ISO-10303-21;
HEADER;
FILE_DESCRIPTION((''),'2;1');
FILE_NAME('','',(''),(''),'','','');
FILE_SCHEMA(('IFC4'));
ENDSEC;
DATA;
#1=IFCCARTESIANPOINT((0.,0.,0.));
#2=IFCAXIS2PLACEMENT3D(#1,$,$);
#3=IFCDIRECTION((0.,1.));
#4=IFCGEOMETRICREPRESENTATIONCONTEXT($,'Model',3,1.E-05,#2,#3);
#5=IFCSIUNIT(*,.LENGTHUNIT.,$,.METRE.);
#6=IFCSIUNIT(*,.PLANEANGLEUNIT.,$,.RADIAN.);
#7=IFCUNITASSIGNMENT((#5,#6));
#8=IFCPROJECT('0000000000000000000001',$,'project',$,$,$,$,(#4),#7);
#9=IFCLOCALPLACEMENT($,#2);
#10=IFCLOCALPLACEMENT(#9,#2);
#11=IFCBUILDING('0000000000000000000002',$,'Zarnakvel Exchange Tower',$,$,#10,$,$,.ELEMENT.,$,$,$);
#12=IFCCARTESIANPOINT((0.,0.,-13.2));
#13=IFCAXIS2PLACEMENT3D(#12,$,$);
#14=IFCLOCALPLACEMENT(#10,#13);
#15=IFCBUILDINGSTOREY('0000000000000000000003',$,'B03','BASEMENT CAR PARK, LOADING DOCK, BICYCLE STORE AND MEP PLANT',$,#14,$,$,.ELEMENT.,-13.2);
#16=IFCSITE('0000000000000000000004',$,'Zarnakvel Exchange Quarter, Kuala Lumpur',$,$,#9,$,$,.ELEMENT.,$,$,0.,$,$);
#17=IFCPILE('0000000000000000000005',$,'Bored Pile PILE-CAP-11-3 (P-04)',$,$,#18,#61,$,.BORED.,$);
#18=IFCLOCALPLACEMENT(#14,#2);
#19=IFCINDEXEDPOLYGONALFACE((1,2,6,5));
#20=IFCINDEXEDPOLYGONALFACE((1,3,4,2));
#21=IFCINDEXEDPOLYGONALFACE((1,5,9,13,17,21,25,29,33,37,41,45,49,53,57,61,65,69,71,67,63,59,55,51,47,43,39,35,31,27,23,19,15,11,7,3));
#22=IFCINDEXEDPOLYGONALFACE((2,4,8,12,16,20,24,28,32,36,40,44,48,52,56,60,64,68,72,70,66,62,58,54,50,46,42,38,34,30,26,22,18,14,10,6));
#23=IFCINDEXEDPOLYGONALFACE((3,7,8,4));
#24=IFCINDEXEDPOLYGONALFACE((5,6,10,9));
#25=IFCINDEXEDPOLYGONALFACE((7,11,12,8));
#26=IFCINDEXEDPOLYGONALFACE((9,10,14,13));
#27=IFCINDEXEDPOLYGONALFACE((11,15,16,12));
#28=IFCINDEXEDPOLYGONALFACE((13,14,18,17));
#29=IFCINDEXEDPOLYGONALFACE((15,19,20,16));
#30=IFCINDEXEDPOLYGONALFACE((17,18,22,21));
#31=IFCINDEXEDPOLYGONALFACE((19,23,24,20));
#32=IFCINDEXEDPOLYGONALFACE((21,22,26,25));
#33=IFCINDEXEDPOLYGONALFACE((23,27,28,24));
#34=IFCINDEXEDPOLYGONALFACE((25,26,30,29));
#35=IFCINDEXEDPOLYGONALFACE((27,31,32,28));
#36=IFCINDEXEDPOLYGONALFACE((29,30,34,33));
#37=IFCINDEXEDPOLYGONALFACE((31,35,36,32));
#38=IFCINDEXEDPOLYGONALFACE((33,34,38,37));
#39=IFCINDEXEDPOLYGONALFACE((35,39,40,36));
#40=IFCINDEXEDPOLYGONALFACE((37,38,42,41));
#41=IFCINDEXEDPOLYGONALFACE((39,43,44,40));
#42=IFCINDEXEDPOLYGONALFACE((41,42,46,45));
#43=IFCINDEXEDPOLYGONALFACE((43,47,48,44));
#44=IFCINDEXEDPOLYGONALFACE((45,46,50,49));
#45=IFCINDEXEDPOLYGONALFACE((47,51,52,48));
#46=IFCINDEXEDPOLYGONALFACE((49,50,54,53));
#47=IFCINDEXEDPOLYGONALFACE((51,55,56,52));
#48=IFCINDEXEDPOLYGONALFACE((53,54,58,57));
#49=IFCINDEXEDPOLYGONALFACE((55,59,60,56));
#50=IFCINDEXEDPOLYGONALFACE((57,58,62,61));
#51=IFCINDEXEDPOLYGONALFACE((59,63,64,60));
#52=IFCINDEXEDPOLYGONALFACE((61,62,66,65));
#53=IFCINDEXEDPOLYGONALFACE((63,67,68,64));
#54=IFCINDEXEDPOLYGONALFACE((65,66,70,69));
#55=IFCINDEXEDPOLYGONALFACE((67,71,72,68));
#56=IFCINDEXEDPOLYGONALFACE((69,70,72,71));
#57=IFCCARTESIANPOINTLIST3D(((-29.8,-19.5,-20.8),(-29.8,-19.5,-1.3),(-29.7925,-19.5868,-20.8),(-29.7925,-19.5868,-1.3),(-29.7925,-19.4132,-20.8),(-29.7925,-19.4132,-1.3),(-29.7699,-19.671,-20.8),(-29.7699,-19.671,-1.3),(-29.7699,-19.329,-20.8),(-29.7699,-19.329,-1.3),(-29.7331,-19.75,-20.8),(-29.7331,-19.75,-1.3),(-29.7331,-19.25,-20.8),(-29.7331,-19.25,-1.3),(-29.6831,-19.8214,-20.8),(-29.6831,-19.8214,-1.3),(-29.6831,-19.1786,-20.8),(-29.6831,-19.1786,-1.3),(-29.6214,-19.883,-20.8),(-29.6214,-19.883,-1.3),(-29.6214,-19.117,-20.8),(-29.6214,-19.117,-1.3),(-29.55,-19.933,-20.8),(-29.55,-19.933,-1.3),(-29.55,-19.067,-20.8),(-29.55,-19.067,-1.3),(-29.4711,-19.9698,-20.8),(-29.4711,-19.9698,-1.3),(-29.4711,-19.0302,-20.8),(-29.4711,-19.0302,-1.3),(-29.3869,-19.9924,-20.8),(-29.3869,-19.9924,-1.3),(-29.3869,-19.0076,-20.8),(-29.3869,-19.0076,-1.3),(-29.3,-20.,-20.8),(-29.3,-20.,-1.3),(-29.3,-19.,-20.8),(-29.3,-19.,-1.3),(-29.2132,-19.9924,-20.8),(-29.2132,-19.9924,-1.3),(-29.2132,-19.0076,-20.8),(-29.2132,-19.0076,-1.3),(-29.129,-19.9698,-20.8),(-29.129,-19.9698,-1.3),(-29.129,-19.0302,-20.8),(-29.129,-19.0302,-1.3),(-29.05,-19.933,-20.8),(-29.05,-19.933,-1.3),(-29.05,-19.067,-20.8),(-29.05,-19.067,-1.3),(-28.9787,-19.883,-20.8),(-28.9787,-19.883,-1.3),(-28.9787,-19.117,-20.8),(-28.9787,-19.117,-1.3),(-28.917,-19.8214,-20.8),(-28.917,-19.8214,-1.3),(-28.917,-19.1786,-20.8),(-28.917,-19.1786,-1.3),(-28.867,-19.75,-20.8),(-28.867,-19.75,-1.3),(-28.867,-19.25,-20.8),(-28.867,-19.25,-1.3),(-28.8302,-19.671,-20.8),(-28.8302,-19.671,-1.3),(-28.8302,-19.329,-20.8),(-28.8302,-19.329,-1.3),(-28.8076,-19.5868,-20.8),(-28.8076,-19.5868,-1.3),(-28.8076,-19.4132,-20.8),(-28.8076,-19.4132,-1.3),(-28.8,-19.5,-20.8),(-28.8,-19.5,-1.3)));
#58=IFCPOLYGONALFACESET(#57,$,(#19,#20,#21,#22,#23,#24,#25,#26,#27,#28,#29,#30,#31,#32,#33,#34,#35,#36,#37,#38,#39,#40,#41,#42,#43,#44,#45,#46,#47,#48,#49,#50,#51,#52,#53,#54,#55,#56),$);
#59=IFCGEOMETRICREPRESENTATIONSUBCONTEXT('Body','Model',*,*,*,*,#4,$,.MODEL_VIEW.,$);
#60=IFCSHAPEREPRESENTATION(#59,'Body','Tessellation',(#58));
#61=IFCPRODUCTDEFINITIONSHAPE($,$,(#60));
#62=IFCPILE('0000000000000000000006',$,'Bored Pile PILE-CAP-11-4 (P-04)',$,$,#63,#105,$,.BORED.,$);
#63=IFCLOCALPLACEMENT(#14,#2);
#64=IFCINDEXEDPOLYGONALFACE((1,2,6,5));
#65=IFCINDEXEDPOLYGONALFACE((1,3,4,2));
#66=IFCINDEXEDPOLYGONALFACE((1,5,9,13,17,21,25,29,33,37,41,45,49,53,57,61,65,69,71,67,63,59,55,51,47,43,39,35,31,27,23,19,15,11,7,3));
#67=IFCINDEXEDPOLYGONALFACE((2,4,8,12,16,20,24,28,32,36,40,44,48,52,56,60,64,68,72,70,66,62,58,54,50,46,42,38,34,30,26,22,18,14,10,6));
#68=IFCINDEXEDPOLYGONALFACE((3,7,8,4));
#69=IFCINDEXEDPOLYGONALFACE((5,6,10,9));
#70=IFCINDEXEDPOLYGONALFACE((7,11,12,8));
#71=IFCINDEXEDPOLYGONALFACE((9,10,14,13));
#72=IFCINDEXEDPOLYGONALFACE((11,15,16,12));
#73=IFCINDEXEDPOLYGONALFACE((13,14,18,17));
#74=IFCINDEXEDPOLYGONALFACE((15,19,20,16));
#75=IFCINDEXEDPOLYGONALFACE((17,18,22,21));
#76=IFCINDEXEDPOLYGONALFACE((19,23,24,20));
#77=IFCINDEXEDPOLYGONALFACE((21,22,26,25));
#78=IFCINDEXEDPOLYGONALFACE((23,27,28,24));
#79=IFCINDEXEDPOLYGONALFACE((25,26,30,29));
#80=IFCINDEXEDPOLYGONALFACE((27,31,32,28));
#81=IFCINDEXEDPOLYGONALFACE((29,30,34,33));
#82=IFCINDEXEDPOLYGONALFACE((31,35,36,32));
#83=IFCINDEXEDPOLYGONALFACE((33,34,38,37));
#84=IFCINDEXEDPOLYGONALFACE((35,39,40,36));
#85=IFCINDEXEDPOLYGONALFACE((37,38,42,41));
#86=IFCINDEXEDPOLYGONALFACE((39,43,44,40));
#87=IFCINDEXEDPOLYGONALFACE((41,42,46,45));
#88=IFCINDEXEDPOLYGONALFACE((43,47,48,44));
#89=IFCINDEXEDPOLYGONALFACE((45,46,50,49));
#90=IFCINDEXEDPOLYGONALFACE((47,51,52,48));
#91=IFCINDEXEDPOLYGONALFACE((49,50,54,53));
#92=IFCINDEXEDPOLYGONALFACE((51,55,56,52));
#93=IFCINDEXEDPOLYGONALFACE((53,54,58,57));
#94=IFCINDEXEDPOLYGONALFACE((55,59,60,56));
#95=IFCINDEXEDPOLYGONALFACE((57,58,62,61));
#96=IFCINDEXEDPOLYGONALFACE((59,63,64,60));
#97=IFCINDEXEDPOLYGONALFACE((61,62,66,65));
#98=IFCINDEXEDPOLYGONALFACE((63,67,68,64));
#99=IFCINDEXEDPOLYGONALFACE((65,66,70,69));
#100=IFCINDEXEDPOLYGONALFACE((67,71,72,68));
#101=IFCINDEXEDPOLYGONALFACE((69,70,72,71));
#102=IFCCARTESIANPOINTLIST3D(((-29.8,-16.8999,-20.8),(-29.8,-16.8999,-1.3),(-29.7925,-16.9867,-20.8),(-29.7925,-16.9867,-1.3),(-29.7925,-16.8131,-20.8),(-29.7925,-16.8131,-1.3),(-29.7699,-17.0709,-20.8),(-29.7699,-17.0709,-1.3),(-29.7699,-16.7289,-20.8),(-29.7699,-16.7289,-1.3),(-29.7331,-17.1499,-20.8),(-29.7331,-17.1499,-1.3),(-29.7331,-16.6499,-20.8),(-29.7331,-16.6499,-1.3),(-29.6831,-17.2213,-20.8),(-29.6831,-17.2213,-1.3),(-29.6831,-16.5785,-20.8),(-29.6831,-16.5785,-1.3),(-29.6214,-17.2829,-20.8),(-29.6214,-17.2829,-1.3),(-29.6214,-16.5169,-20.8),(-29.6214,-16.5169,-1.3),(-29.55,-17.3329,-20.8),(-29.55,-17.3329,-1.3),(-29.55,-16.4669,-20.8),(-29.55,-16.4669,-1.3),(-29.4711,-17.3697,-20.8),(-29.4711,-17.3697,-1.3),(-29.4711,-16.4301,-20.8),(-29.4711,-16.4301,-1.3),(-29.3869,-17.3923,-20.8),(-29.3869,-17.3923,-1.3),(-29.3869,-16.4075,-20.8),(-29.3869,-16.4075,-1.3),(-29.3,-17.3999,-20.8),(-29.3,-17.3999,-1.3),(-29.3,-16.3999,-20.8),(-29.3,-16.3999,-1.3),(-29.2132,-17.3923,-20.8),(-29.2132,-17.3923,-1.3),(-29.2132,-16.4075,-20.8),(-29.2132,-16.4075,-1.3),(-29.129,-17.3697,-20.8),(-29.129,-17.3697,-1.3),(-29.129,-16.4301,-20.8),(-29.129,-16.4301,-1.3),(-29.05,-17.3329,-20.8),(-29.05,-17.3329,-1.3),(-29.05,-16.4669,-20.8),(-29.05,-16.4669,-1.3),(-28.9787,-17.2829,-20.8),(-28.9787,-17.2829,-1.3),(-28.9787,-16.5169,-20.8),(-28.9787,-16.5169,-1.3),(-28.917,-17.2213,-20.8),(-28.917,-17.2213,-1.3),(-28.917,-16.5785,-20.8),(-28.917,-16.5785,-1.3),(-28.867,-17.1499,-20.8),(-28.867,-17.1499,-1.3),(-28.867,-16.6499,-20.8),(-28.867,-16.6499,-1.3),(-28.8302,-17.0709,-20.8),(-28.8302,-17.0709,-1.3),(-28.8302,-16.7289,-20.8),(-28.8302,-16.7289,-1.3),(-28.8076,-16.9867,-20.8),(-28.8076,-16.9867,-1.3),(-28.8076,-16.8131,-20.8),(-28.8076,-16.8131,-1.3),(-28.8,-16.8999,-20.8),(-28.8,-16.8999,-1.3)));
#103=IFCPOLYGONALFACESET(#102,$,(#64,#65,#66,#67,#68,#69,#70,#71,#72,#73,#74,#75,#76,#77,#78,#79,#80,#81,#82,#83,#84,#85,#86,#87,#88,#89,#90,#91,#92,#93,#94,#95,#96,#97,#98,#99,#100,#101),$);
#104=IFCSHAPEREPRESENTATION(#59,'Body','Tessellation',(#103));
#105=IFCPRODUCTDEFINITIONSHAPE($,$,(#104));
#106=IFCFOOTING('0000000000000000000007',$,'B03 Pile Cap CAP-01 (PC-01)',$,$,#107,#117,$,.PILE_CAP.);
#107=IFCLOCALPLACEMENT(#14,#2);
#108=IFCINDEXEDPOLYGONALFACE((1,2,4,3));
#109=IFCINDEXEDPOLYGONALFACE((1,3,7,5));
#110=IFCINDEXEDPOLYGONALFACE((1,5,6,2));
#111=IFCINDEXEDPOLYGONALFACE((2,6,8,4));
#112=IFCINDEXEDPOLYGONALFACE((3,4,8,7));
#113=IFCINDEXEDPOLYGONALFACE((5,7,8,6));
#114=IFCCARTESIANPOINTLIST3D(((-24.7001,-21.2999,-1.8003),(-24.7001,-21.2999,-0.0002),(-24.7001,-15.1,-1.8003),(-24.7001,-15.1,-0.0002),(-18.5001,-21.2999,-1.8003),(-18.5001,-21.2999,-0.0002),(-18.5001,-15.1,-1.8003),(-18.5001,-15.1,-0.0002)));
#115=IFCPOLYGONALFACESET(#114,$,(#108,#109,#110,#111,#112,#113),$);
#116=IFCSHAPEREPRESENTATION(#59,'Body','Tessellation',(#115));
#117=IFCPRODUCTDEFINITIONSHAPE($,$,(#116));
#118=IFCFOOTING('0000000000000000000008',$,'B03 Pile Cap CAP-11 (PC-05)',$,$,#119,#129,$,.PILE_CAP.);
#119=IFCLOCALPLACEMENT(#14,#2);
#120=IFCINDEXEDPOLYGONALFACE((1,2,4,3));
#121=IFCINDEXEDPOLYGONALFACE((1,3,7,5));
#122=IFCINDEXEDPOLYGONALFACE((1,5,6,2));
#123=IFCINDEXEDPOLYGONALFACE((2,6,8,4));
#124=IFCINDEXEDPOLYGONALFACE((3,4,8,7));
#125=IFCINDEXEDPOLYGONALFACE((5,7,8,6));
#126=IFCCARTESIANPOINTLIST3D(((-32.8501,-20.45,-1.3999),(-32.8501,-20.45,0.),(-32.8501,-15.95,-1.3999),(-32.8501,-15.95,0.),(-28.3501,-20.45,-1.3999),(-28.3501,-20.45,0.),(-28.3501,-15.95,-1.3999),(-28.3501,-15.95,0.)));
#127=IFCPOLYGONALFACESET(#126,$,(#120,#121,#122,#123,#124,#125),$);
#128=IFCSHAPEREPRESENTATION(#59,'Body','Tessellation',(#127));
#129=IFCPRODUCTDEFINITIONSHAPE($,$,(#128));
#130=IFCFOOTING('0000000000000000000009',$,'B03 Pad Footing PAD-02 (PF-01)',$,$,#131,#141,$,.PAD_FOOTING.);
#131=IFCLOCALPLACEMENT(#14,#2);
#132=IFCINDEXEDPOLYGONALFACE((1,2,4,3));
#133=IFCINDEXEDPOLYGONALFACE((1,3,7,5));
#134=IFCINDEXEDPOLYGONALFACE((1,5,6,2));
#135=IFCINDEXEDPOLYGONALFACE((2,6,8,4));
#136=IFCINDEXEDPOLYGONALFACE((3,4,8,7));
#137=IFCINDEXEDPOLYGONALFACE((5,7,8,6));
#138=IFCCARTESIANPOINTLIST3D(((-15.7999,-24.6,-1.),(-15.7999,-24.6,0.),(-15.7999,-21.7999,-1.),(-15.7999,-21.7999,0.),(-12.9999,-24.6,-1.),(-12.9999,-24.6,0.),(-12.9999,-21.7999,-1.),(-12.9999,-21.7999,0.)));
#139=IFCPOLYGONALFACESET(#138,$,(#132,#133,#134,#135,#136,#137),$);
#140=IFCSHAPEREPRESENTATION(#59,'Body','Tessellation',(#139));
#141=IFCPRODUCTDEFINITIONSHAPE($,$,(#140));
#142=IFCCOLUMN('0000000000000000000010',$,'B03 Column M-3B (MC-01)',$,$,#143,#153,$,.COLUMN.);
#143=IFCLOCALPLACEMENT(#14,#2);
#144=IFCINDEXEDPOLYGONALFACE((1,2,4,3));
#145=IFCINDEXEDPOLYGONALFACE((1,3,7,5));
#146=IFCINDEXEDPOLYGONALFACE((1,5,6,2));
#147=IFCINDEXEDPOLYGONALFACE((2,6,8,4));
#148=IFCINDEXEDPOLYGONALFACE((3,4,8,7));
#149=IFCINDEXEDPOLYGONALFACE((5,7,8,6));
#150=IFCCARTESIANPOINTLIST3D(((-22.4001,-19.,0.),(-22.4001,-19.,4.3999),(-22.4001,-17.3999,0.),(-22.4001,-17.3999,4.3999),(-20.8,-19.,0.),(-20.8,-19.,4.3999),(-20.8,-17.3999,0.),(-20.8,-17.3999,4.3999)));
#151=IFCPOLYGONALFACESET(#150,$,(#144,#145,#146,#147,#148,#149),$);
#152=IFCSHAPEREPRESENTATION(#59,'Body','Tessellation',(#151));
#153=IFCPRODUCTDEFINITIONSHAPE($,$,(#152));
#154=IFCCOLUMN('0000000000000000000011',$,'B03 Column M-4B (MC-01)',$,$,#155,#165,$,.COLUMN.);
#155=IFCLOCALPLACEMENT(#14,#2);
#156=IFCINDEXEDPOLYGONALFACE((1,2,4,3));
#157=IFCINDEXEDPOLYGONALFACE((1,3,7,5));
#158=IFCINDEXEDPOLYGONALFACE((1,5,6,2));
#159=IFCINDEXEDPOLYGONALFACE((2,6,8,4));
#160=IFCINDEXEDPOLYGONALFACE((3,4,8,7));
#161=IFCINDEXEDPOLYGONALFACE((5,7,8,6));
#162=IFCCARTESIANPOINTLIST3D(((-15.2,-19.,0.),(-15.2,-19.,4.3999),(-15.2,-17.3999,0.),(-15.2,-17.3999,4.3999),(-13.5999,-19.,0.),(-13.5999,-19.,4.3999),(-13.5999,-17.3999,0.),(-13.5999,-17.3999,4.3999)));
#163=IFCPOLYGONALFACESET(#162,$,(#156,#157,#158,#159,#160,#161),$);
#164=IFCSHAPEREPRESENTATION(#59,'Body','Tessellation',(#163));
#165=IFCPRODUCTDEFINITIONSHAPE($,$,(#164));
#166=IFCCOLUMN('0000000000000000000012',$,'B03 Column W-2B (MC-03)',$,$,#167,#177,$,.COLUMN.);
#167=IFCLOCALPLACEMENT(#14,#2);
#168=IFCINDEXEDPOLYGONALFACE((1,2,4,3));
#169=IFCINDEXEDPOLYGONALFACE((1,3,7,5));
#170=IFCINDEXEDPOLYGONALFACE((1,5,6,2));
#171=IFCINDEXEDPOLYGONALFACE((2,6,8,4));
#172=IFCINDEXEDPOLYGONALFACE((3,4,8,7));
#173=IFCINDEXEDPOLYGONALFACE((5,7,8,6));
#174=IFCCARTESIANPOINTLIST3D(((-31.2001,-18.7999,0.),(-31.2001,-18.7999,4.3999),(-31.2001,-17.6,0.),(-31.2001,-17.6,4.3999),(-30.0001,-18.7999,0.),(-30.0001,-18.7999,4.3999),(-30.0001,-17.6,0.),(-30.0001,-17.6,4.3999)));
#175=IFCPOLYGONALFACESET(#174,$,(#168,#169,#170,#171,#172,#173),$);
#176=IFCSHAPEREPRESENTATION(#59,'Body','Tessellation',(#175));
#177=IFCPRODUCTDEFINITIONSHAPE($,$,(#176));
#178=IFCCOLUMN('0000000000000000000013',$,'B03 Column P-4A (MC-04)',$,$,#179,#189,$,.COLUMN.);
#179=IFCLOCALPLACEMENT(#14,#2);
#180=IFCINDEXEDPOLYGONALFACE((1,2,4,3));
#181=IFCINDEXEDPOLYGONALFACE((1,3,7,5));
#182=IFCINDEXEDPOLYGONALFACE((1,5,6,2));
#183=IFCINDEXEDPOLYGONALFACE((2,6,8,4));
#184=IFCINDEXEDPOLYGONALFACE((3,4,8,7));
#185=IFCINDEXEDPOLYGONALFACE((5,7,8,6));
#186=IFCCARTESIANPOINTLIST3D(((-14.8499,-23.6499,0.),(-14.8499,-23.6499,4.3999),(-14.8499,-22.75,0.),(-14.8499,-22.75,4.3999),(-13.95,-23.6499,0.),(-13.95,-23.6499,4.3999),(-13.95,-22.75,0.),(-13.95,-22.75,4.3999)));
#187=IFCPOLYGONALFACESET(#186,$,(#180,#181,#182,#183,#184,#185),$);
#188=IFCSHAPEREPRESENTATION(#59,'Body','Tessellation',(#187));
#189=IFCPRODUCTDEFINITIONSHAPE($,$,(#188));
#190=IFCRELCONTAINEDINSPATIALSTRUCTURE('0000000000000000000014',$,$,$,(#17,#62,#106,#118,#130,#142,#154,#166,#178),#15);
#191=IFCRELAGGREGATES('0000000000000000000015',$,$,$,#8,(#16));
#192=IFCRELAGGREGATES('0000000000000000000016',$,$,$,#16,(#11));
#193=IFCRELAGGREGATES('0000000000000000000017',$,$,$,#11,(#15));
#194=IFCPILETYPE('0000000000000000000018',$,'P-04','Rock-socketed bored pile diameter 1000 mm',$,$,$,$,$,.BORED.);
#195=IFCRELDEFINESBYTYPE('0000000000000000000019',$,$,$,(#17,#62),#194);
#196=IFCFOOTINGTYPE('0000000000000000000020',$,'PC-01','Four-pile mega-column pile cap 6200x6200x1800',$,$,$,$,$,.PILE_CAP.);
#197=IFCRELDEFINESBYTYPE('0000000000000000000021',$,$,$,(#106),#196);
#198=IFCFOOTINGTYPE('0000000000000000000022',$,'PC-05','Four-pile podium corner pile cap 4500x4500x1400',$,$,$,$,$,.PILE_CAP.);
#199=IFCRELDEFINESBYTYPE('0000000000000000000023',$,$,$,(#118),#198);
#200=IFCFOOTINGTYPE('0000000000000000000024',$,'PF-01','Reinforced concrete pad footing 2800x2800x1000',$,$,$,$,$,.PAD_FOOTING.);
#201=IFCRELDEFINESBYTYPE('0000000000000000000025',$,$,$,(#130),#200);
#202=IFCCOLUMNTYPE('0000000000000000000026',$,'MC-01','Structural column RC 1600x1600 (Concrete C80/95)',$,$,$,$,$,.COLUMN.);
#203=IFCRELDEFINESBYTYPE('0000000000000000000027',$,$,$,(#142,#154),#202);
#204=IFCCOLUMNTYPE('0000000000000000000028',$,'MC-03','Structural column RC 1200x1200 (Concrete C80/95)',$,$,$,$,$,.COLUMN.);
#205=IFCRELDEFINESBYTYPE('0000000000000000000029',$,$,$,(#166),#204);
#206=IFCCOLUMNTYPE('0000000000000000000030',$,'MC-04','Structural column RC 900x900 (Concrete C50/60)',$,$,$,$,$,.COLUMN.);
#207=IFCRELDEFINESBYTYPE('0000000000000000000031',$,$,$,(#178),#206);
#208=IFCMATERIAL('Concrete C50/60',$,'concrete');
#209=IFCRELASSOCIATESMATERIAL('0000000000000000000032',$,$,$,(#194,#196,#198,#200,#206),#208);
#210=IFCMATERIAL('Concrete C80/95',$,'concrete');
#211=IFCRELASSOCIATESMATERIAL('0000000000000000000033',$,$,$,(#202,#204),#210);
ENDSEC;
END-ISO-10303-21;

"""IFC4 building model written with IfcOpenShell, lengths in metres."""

from ifc_helpers import new_model, si_unit, direction, frame, origin, origin_2d, place, context, subcontext, project, spatial, rectangle, circle, extrude, source, transform, mapped, material, material_profile, profile_set, type_object, element, save


model = new_model("IFC4")

# Units and contexts
model_context = context("Model", 3, precision=1e-05, world=origin(), true_north=direction((0.0, 1.0)))
body_context = subcontext(model_context, "Body", "Model", "MODEL_VIEW")
ifc_project = project(units=[si_unit("LENGTHUNIT", "METRE"), si_unit("PLANEANGLEUNIT", "RADIAN")], contexts=[model_context])

# Site, building, storey
site_placement = place(None, origin())
site = spatial("IfcSite", under=ifc_project, at=site_placement, Name="Zarnakvel Exchange Quarter, Kuala Lumpur", CompositionType="ELEMENT", RefElevation=0.0)
building_placement = place(site_placement, origin())
building = spatial("IfcBuilding", under=site, at=building_placement, Name="Zarnakvel Exchange Tower", CompositionType="ELEMENT")
storey_placement = place(building_placement, frame((0.0, 0.0, -13.2)))
storey = spatial("IfcBuildingStorey", under=building, at=storey_placement, Name="B03", Description="BASEMENT CAR PARK, LOADING DOCK, BICYCLE STORE AND MEP PLANT", CompositionType="ELEMENT", Elevation=-13.2)

# Shared definitions
ifc_material_1 = material(Name="Concrete C50/60", Category="concrete")

# Piles
ifc_material_profile_1 = material_profile(ifc_material_1, circle(Radius=0.5, at=origin_2d()))
ifc_profile_set_1 = profile_set([ifc_material_profile_1], Name="Concrete C50/60")
pile_type_1 = type_object("IfcPileType", Name="P-04", Description="Rock-socketed bored pile diameter 1000 mm", PredefinedType="BORED", material=ifc_profile_set_1)
for number, where, z_axis, x_axis, name in (
    (1, (-29.3, -19.5, -1.3), (0.0, 0.0, -1.0), (1.0, 0.0, 0.0), "Bored Pile PILE-CAP-11-3 (P-04)"),
    (2, (-29.3, -16.8999, -1.3), (0.0, 0.0, -1.0), (1.0, 0.0, 0.0), "Bored Pile PILE-CAP-11-4 (P-04)"),
):
    element("IfcPile", number, at=place(storey_placement, frame(where, z_axis=z_axis, x_axis=x_axis)), inside=storey, type_object=pile_type_1, Name=name, PredefinedType="BORED", context=body_context, shape_type="SweptSolid", body=[
        extrude(circle(Radius=0.5, at=origin_2d()), origin(), (0.0, 0.0, 1.0), 19.5),
    ])

# Footings
footing_type_1 = type_object("IfcFootingType", Name="PC-01", Description="Four-pile mega-column pile cap 6200x6200x1800", PredefinedType="PILE_CAP", material=ifc_material_1)
shared_shape_1 = source(origin(), body_context, "Body", "SweptSolid", [
    extrude(rectangle(XDim=6.2, YDim=6.2, at=origin_2d()), origin(), (0.0, 0.0, 1.0), 1.8),
])
footing_1_placement = place(storey_placement, frame((-21.6001, -18.2, -1.8003), z_axis=(0.0, 0.0, 1.0), x_axis=(1.0, 0.0, 0.0)))
element("IfcFooting", 3, at=footing_1_placement, inside=storey, type_object=footing_type_1, Name="B03 Pile Cap CAP-01 (PC-01)", PredefinedType="PILE_CAP", context=body_context, shape_type="MappedRepresentation", body=[
    mapped(shared_shape_1, transform((0.0, 0.0, 0.0), x_axis=(1.0, 0.0, 0.0), y_axis=(0.0, 1.0, 0.0), z_axis=(0.0, 0.0, 1.0), scale=1.0)),
])
footing_type_2 = type_object("IfcFootingType", Name="PC-05", Description="Four-pile podium corner pile cap 4500x4500x1400", PredefinedType="PILE_CAP", material=ifc_material_1)
shared_shape_2 = source(origin(), body_context, "Body", "SweptSolid", [
    extrude(rectangle(XDim=4.5, YDim=4.5, at=origin_2d()), origin(), (0.0, 0.0, 1.0), 1.3999),
])
footing_2_placement = place(storey_placement, frame((-30.6001, -18.2, -1.3999), z_axis=(0.0, 0.0, 1.0), x_axis=(1.0, 0.0, 0.0)))
element("IfcFooting", 4, at=footing_2_placement, inside=storey, type_object=footing_type_2, Name="B03 Pile Cap CAP-11 (PC-05)", PredefinedType="PILE_CAP", context=body_context, shape_type="MappedRepresentation", body=[
    mapped(shared_shape_2, transform((0.0, 0.0, 0.0), x_axis=(1.0, 0.0, 0.0), y_axis=(0.0, 1.0, 0.0), z_axis=(0.0, 0.0, 1.0), scale=1.0)),
])
footing_type_3 = type_object("IfcFootingType", Name="PF-01", Description="Reinforced concrete pad footing 2800x2800x1000", PredefinedType="PAD_FOOTING", material=ifc_material_1)
shared_shape_3 = source(origin(), body_context, "Body", "SweptSolid", [
    extrude(rectangle(XDim=2.8, YDim=2.8, at=origin_2d()), origin(), (0.0, 0.0, 1.0), 1.0),
])
footing_3_placement = place(storey_placement, frame((-14.3999, -23.2, -1.0), z_axis=(0.0, 0.0, 1.0), x_axis=(1.0, 0.0, 0.0)))
element("IfcFooting", 5, at=footing_3_placement, inside=storey, type_object=footing_type_3, Name="B03 Pad Footing PAD-02 (PF-01)", PredefinedType="PAD_FOOTING", context=body_context, shape_type="MappedRepresentation", body=[
    mapped(shared_shape_3, transform((0.0, 0.0, 0.0), x_axis=(1.0, 0.0, 0.0), y_axis=(0.0, 1.0, 0.0), z_axis=(0.0, 0.0, 1.0), scale=1.0)),
])

# Columns
ifc_material_2 = material(Name="Concrete C80/95", Category="concrete")
ifc_material_profile_2 = material_profile(ifc_material_2, rectangle(XDim=1.6001, YDim=1.6001, at=origin_2d()))
ifc_profile_set_2 = profile_set([ifc_material_profile_2], Name="Concrete C80/95")
column_type_1 = type_object("IfcColumnType", Name="MC-01", Description="Structural column RC 1600x1600 (Concrete C80/95)", PredefinedType="COLUMN", material=ifc_profile_set_2)
for number, where, z_axis, x_axis, name in (
    (6, (-21.6001, -18.2, 0.0), (0.0, 0.0, 1.0), (1.0, 0.0, 0.0), "B03 Column M-3B (MC-01)"),
    (7, (-14.3999, -18.2, 0.0), (0.0, 0.0, 1.0), (1.0, 0.0, 0.0), "B03 Column M-4B (MC-01)"),
):
    element("IfcColumn", number, at=place(storey_placement, frame(where, z_axis=z_axis, x_axis=x_axis)), inside=storey, type_object=column_type_1, Name=name, PredefinedType="COLUMN", context=body_context, shape_type="SweptSolid", body=[
        extrude(rectangle(XDim=1.6001, YDim=1.6001, at=origin_2d()), origin(), (0.0, 0.0, 1.0), 4.3999),
    ])
ifc_material_profile_3 = material_profile(ifc_material_2, rectangle(XDim=1.2, YDim=1.2, at=origin_2d()))
ifc_profile_set_3 = profile_set([ifc_material_profile_3], Name="Concrete C80/95")
column_type_2 = type_object("IfcColumnType", Name="MC-03", Description="Structural column RC 1200x1200 (Concrete C80/95)", PredefinedType="COLUMN", material=ifc_profile_set_3)
column_1_placement = place(storey_placement, frame((-30.6001, -18.2, 0.0), z_axis=(0.0, 0.0, 1.0), x_axis=(1.0, 0.0, 0.0)))
element("IfcColumn", 8, at=column_1_placement, inside=storey, type_object=column_type_2, Name="B03 Column W-2B (MC-03)", PredefinedType="COLUMN", context=body_context, shape_type="SweptSolid", body=[
    extrude(rectangle(XDim=1.2, YDim=1.2, at=origin_2d()), origin(), (0.0, 0.0, 1.0), 4.3999),
])
ifc_material_profile_4 = material_profile(ifc_material_1, rectangle(XDim=0.8999, YDim=0.8999, at=origin_2d()))
ifc_profile_set_4 = profile_set([ifc_material_profile_4], Name="Concrete C50/60")
column_type_3 = type_object("IfcColumnType", Name="MC-04", Description="Structural column RC 900x900 (Concrete C50/60)", PredefinedType="COLUMN", material=ifc_profile_set_4)
column_2_placement = place(storey_placement, frame((-14.3999, -23.2, 0.0), z_axis=(0.0, 0.0, 1.0), x_axis=(1.0, 0.0, 0.0)))
element("IfcColumn", 9, at=column_2_placement, inside=storey, type_object=column_type_3, Name="B03 Column P-4A (MC-04)", PredefinedType="COLUMN", context=body_context, shape_type="SweptSolid", body=[
    extrude(rectangle(XDim=0.8999, YDim=0.8999, at=origin_2d()), origin(), (0.0, 0.0, 1.0), 4.3999),
])

save(model, "model.ifc")
